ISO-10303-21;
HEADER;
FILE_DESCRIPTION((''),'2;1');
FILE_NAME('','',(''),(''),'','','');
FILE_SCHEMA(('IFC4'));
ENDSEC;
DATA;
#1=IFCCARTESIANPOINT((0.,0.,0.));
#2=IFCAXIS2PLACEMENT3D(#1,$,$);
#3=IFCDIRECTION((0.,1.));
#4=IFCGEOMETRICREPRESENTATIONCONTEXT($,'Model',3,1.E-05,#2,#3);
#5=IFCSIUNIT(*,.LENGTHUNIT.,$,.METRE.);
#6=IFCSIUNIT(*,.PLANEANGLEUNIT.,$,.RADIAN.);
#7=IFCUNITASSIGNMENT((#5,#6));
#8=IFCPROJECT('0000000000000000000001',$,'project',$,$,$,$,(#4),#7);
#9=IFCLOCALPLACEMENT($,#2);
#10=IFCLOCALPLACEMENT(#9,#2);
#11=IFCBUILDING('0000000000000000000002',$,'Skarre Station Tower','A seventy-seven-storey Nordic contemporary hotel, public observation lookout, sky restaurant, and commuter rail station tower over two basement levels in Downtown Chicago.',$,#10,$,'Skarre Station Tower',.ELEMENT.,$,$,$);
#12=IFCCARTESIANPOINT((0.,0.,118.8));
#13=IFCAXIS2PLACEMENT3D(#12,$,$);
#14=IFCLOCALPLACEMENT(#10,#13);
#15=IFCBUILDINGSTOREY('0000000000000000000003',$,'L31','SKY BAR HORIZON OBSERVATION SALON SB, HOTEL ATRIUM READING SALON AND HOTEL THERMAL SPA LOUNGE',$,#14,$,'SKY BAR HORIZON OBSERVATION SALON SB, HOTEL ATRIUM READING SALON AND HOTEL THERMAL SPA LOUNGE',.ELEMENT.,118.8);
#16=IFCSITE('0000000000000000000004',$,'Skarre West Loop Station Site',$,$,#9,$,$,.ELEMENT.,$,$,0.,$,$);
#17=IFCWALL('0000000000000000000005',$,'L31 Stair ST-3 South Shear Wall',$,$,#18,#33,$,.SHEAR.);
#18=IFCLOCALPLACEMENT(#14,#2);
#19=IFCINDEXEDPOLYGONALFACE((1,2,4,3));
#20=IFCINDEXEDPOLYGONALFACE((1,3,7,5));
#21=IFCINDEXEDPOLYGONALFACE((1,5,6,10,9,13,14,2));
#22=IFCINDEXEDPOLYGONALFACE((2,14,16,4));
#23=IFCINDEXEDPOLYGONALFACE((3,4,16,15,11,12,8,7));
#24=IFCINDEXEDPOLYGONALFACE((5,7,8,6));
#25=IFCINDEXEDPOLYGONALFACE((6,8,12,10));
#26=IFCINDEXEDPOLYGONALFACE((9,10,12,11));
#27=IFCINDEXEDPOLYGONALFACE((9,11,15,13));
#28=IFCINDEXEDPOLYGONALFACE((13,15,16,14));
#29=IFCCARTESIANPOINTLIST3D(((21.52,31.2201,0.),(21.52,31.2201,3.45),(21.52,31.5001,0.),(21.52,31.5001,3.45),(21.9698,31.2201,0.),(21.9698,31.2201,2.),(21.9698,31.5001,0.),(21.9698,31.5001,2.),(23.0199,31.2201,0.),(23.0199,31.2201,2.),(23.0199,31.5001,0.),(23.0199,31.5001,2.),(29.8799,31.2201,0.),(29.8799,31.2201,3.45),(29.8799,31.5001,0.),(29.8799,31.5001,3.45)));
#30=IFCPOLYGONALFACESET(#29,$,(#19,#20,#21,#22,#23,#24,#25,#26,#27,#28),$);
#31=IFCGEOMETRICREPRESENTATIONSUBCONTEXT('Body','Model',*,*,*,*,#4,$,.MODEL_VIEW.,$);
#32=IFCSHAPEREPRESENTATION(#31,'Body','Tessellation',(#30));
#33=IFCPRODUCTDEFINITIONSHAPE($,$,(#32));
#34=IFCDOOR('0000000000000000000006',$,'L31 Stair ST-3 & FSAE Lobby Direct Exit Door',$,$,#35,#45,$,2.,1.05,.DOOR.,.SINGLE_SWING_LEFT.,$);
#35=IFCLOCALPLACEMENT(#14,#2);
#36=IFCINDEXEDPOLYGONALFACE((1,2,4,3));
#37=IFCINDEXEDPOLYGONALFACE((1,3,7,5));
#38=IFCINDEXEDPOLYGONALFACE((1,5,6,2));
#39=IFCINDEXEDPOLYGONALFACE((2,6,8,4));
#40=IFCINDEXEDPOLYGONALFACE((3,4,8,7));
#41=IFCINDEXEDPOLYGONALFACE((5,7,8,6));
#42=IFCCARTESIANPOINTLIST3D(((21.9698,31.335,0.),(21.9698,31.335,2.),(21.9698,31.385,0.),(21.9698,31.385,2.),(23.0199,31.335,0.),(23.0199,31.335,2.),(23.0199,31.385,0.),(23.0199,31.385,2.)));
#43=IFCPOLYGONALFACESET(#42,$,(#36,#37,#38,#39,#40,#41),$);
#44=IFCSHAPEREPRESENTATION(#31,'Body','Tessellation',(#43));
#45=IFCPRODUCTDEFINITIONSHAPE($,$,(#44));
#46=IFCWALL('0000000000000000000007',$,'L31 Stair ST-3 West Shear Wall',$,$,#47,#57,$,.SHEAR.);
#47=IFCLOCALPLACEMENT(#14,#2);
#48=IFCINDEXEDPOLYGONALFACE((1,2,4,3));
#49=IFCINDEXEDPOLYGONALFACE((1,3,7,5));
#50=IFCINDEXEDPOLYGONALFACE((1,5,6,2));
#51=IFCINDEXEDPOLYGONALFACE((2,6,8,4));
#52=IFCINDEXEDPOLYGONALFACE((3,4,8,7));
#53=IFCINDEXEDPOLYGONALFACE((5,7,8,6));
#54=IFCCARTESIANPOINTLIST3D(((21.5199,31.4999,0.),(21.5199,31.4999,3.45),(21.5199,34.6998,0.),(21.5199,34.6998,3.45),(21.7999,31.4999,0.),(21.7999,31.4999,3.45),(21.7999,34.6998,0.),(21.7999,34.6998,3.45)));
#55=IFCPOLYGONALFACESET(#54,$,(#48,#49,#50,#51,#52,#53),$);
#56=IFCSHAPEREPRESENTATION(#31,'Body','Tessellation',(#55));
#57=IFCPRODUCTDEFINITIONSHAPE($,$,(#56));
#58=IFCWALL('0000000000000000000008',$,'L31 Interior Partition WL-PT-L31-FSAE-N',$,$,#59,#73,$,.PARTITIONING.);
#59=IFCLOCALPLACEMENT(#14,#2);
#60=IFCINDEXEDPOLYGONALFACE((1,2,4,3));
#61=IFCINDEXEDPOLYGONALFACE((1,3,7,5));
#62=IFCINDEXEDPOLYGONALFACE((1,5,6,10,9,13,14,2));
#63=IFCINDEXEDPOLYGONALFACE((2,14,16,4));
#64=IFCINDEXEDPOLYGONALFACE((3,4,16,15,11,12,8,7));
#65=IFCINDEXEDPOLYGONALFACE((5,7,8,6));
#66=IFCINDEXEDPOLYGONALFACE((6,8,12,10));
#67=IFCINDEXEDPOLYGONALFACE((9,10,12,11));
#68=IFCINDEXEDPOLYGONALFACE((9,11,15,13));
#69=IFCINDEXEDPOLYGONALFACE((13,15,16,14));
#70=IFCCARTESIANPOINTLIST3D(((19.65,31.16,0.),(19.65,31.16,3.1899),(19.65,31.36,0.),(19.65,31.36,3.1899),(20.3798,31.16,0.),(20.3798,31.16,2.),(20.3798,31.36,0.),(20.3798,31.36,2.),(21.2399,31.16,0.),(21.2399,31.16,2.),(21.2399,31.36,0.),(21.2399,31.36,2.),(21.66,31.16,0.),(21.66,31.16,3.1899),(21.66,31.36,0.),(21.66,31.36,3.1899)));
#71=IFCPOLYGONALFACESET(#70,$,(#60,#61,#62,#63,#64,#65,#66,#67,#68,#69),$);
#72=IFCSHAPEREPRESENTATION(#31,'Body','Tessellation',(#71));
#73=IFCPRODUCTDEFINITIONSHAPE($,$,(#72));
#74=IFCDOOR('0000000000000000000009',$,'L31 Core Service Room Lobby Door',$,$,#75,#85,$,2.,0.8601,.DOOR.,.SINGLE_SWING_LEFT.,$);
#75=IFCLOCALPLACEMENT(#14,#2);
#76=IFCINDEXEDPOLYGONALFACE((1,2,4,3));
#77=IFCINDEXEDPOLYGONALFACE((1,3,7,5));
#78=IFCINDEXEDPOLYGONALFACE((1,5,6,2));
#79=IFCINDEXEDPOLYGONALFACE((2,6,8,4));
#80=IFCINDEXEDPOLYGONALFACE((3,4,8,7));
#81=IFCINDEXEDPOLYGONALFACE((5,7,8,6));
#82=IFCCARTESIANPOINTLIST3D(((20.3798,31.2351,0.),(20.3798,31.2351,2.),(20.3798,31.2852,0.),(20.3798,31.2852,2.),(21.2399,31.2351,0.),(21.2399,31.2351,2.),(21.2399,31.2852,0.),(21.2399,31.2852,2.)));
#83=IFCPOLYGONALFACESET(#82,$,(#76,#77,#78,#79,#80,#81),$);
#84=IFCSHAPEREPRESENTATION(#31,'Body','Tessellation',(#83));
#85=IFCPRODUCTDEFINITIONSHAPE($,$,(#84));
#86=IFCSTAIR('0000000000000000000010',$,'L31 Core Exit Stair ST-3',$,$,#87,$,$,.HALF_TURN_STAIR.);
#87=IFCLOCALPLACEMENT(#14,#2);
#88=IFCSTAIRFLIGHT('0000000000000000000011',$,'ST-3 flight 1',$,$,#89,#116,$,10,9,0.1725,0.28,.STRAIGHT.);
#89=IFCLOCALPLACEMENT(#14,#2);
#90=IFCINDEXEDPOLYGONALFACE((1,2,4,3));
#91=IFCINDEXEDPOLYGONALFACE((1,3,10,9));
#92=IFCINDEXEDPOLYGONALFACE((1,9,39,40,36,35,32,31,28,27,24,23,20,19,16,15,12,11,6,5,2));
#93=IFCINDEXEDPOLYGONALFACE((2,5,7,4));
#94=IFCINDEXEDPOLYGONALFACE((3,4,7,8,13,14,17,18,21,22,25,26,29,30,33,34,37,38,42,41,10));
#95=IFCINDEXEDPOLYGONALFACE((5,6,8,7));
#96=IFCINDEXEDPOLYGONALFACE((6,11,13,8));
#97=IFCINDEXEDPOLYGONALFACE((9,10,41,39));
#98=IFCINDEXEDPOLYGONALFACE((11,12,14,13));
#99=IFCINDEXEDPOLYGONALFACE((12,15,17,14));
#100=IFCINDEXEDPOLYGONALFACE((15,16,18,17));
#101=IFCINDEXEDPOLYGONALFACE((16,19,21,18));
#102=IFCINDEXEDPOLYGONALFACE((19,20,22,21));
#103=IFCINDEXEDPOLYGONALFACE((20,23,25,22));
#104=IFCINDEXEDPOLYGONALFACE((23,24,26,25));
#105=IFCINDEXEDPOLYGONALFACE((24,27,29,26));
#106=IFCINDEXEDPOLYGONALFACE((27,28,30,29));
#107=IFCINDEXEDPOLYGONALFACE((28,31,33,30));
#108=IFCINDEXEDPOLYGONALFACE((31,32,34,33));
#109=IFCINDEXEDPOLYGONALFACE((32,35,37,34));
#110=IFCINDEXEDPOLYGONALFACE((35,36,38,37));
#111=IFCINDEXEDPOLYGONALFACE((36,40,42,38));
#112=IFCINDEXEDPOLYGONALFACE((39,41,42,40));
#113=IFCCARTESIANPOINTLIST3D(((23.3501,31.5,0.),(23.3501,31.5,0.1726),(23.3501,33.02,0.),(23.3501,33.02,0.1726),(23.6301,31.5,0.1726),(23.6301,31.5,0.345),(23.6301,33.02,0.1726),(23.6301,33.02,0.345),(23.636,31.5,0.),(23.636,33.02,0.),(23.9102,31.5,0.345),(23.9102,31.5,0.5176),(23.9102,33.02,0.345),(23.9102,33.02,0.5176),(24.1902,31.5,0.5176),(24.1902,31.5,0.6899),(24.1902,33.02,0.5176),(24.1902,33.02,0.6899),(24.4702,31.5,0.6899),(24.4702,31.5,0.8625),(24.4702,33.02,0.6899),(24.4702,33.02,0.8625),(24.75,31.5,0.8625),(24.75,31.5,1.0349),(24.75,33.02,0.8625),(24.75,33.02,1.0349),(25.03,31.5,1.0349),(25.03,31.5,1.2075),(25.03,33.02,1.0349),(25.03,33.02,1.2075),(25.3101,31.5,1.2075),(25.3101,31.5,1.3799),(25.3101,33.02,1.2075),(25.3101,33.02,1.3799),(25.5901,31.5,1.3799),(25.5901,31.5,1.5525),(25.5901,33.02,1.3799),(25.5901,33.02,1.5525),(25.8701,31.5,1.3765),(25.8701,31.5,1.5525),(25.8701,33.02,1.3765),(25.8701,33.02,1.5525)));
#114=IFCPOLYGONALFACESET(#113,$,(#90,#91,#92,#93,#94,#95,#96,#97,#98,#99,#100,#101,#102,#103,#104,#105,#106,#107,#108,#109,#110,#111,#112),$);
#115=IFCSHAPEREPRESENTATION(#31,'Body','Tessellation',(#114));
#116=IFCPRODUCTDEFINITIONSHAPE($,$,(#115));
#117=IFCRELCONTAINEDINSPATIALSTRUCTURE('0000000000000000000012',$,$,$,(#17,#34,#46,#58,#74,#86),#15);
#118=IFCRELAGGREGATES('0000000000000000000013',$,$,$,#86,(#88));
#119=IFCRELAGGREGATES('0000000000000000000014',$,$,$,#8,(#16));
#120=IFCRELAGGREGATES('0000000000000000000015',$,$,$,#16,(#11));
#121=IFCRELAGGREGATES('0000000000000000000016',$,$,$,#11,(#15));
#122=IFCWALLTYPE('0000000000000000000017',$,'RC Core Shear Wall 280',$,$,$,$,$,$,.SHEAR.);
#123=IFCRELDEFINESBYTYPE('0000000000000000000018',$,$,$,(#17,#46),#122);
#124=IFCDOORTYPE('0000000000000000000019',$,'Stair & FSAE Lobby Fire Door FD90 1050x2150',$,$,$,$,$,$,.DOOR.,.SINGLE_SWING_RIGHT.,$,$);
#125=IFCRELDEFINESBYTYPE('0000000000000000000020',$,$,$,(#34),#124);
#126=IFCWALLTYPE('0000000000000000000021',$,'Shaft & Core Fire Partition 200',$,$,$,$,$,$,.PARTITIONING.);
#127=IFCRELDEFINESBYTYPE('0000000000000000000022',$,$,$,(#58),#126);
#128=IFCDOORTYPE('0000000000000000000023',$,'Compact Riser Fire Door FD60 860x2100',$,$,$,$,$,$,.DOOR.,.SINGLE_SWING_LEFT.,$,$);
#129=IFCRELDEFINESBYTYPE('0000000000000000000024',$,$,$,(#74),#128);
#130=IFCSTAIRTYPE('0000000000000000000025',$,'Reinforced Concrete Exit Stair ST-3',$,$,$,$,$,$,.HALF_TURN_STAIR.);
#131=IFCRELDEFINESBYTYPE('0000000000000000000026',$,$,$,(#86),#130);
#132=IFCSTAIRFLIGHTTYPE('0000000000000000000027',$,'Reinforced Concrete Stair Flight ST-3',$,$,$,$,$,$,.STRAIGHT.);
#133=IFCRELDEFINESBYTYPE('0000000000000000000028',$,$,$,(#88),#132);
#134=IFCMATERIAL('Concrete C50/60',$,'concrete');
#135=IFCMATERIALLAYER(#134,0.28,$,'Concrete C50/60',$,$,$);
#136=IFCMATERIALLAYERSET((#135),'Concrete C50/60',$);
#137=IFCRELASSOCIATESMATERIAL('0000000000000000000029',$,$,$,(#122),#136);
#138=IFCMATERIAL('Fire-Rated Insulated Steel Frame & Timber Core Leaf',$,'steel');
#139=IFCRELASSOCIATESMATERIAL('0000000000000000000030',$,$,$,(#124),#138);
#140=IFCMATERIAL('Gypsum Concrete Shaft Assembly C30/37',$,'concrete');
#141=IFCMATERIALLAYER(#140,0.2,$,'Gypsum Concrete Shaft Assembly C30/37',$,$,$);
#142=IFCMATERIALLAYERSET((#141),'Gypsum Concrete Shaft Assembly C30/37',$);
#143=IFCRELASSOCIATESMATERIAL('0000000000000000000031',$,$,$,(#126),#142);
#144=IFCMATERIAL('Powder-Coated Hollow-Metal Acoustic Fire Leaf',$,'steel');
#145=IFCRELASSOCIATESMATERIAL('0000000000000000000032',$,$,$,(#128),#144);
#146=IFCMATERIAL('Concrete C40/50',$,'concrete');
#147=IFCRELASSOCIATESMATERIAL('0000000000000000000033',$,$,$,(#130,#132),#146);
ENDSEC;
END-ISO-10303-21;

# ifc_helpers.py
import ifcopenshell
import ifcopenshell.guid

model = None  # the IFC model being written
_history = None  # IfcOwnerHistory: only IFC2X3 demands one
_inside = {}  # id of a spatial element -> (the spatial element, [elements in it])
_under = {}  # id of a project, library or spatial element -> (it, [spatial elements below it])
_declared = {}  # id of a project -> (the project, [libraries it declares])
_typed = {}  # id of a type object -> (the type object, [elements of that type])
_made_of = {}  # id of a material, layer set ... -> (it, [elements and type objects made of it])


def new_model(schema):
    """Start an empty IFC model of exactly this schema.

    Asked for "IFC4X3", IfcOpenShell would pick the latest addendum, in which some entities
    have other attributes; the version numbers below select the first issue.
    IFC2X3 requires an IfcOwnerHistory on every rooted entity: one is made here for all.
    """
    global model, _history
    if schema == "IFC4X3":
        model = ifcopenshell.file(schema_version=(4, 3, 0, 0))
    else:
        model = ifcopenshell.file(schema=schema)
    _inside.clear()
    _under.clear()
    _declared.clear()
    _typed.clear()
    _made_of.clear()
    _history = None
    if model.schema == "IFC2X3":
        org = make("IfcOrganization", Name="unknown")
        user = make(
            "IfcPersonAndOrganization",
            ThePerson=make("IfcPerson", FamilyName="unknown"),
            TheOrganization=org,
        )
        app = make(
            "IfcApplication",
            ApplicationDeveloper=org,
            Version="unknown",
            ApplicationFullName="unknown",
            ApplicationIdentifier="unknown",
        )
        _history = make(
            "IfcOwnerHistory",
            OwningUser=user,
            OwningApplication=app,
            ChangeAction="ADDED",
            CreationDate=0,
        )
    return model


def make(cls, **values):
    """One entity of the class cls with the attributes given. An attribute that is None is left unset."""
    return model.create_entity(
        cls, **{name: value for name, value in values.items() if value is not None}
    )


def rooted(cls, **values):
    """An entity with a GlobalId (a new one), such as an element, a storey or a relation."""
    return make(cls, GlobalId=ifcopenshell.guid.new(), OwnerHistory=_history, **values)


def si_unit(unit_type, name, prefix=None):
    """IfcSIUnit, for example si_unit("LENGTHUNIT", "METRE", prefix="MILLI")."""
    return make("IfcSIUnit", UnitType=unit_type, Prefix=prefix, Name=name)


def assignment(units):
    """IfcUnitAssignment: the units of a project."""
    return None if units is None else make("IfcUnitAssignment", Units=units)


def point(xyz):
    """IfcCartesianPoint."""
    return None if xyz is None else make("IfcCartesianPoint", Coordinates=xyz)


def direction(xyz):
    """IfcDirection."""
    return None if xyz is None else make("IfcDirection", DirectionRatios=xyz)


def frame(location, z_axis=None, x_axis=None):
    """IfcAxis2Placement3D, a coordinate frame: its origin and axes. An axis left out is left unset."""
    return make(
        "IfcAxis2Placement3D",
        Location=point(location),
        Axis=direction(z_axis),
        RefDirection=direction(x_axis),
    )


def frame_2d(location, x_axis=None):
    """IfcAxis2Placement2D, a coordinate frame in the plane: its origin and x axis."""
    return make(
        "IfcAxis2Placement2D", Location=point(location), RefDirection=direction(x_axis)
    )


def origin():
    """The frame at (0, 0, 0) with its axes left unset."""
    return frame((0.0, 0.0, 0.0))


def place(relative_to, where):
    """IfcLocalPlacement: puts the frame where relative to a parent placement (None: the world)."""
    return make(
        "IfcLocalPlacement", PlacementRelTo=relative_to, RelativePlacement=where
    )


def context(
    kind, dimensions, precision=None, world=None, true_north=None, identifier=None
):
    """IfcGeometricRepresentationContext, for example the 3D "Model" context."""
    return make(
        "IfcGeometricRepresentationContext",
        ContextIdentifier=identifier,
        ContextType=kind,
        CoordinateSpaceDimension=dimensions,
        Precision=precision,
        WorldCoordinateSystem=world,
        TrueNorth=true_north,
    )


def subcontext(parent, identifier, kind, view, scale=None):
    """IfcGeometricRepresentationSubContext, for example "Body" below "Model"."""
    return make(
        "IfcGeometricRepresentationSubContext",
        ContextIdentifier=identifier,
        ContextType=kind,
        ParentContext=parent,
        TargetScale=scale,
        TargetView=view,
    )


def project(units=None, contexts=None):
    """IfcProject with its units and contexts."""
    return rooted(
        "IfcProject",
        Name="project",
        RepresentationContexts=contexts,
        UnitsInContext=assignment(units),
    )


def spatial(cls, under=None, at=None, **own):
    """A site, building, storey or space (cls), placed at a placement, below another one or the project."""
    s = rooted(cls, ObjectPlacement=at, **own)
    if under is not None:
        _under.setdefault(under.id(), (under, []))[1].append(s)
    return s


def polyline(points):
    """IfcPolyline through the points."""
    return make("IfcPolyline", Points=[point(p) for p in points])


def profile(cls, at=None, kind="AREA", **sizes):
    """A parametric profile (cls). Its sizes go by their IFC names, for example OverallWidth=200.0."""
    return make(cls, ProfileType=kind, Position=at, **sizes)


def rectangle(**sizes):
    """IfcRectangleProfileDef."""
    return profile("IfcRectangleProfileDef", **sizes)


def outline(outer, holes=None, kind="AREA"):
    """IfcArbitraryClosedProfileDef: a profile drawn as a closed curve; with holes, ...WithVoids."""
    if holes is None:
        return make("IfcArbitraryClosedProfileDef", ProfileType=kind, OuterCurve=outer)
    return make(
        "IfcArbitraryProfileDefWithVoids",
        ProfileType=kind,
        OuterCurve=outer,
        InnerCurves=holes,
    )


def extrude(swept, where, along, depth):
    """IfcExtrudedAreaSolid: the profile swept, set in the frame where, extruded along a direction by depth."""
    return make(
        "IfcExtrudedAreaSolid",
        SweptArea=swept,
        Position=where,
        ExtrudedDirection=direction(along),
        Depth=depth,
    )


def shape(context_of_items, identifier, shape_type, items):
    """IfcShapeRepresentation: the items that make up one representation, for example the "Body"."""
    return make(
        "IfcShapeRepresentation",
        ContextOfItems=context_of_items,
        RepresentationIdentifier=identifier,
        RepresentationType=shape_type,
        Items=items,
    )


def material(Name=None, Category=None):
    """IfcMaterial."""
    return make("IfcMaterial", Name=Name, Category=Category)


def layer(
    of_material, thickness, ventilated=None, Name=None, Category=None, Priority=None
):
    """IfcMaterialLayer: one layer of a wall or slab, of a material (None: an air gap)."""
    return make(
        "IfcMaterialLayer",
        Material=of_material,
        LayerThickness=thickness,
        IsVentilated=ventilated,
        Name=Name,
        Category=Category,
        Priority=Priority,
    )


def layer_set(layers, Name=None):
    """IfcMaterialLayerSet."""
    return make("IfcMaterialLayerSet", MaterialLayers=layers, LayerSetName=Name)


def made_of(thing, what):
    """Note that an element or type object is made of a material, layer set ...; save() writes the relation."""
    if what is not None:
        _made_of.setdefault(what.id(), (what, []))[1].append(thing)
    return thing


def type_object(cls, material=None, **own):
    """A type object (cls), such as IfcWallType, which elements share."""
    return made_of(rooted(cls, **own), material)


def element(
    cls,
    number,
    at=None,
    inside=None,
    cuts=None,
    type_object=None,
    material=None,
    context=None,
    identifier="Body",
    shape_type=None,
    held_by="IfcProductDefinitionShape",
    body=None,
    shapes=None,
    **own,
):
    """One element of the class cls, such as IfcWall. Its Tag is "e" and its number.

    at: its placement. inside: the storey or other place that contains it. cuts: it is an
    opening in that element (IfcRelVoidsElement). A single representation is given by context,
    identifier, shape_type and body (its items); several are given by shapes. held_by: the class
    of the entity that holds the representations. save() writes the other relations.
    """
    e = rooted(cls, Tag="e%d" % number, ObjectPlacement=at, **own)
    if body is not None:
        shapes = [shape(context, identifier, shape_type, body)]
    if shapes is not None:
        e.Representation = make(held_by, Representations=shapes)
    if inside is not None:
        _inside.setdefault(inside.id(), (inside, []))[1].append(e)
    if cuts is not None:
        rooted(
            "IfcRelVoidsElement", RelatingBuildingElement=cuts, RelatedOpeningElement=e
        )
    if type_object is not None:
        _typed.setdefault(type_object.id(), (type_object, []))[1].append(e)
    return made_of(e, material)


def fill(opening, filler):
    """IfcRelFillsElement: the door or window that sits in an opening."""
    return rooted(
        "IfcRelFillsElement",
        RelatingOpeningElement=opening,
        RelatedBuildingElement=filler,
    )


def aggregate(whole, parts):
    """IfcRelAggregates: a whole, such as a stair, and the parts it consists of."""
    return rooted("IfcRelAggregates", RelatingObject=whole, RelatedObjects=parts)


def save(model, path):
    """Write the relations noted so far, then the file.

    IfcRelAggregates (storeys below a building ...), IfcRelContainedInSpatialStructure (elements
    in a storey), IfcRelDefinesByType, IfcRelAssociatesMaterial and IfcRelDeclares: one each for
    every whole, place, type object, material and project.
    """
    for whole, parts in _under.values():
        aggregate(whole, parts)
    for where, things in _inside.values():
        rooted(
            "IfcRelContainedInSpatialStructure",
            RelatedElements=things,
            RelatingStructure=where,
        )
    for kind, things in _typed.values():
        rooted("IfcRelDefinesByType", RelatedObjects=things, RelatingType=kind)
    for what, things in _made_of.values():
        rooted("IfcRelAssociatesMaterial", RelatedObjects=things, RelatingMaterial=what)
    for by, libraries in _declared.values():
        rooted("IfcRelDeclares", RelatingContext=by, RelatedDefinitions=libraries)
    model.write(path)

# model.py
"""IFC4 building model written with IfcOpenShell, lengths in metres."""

from ifc_helpers import new_model, si_unit, direction, frame, frame_2d, origin, place, context, subcontext, project, spatial, polyline, rectangle, outline, extrude, material, layer, layer_set, type_object, element, fill, aggregate, save


model = new_model("IFC4")

# Units and contexts
model_context = context("Model", 3, precision=1e-05, world=origin(), true_north=direction((0.0, 1.0)))
body_context = subcontext(model_context, "Body", "Model", "MODEL_VIEW")
ifc_project = project(units=[si_unit("LENGTHUNIT", "METRE"), si_unit("PLANEANGLEUNIT", "RADIAN")], contexts=[model_context])

# Site, building, storey
site_placement = place(None, origin())
site = spatial("IfcSite", under=ifc_project, at=site_placement, Name="Skarre West Loop Station Site", CompositionType="ELEMENT", RefElevation=0.0)
building_placement = place(site_placement, origin())
building = spatial("IfcBuilding", under=site, at=building_placement, Name="Skarre Station Tower", Description="A seventy-seven-storey Nordic contemporary hotel, public observation lookout, sky restaurant, and commuter rail station tower over two basement levels in Downtown Chicago.", LongName="Skarre Station Tower", CompositionType="ELEMENT")
storey_placement = place(building_placement, frame((0.0, 0.0, 118.8)))
storey = spatial("IfcBuildingStorey", under=building, at=storey_placement, Name="L31", Description="SKY BAR HORIZON OBSERVATION SALON SB, HOTEL ATRIUM READING SALON AND HOTEL THERMAL SPA LOUNGE", LongName="SKY BAR HORIZON OBSERVATION SALON SB, HOTEL ATRIUM READING SALON AND HOTEL THERMAL SPA LOUNGE", CompositionType="ELEMENT", Elevation=118.8)

# Wall, opening, door
ifc_material_1 = material(Name="Concrete C50/60", Category="concrete")
ifc_layer_1 = layer(ifc_material_1, 0.28, Name="Concrete C50/60")
ifc_layer_set_1 = layer_set([ifc_layer_1], Name="Concrete C50/60")
wall_type_1 = type_object("IfcWallType", Name="RC Core Shear Wall 280", PredefinedType="SHEAR", material=ifc_layer_set_1)
wall_1_placement = place(storey_placement, frame((21.52, 31.3601, 0.0), z_axis=(0.0, 0.0, 1.0), x_axis=(1.0, 0.0, 0.0)))
wall_1 = element("IfcWall", 1, at=wall_1_placement, inside=storey, type_object=wall_type_1, Name="L31 Stair ST-3 South Shear Wall", PredefinedType="SHEAR", context=body_context, shape_type="SweptSolid", body=[
    extrude(rectangle(XDim=8.3599, YDim=0.28, at=frame_2d((4.1799, 0.0))), origin(), (0.0, 0.0, 1.0), 3.45),
])
opening_1_placement = place(wall_1_placement, frame((0.45, 0.0, 0.0)))
opening_1 = element("IfcOpeningElement", 2, at=opening_1_placement, cuts=wall_1, PredefinedType="OPENING", context=body_context, shape_type="SweptSolid", body=[
    extrude(rectangle(XDim=1.05, YDim=2.0, at=frame_2d((0.5249, 1.0))), frame((0.0, 0.1499, 0.0), z_axis=(0.0, -1.0, 0.0), x_axis=(1.0, 0.0, 0.0)), (0.0, 0.0, 1.0), 0.3),
])
ifc_material_2 = material(Name="Fire-Rated Insulated Steel Frame & Timber Core Leaf", Category="steel")
door_type_1 = type_object("IfcDoorType", Name="Stair & FSAE Lobby Fire Door FD90 1050x2150", OperationType="SINGLE_SWING_RIGHT", PredefinedType="DOOR", material=ifc_material_2)
door_1_placement = place(opening_1_placement, origin())
door_1 = element("IfcDoor", 3, at=door_1_placement, inside=storey, type_object=door_type_1, Name="L31 Stair ST-3 & FSAE Lobby Direct Exit Door", OperationType="SINGLE_SWING_LEFT", OverallHeight=2.0, OverallWidth=1.05, PredefinedType="DOOR", context=body_context, shape_type="SweptSolid", body=[
    extrude(rectangle(XDim=1.05, YDim=2.0, at=frame_2d((0.5249, 1.0))), frame((0.0, 0.0249, 0.0), z_axis=(0.0, -1.0, 0.0), x_axis=(1.0, 0.0, 0.0)), (0.0, 0.0, 1.0), 0.05),
])
fill(opening_1, door_1)

# Wall
wall_2_placement = place(storey_placement, frame((21.6599, 34.7, 0.0), z_axis=(0.0, 0.0, 1.0), x_axis=(0.0, -1.0, 0.0)))
element("IfcWall", 4, at=wall_2_placement, inside=storey, type_object=wall_type_1, Name="L31 Stair ST-3 West Shear Wall", PredefinedType="SHEAR", context=body_context, shape_type="SweptSolid", body=[
    extrude(rectangle(XDim=3.2, YDim=0.28, at=frame_2d((1.6001, 0.0))), origin(), (0.0, 0.0, 1.0), 3.45),
])

# Wall, opening, door
ifc_material_3 = material(Name="Gypsum Concrete Shaft Assembly C30/37", Category="concrete")
ifc_layer_2 = layer(ifc_material_3, 0.2, Name="Gypsum Concrete Shaft Assembly C30/37")
ifc_layer_set_2 = layer_set([ifc_layer_2], Name="Gypsum Concrete Shaft Assembly C30/37")
wall_type_2 = type_object("IfcWallType", Name="Shaft & Core Fire Partition 200", PredefinedType="PARTITIONING", material=ifc_layer_set_2)
wall_3_placement = place(storey_placement, frame((21.6599, 31.26, 0.0), z_axis=(0.0, 0.0, 1.0), x_axis=(-1.0, 0.0, 0.0)))
wall_3 = element("IfcWall", 5, at=wall_3_placement, inside=storey, type_object=wall_type_2, Name="L31 Interior Partition WL-PT-L31-FSAE-N", PredefinedType="PARTITIONING", context=body_context, shape_type="SweptSolid", body=[
    extrude(rectangle(XDim=2.01, YDim=0.2, at=frame_2d((1.0049, 0.0))), origin(), (0.0, 0.0, 1.0), 3.1899),
])
opening_2_placement = place(wall_3_placement, frame((0.4199, 0.0, 0.0)))
opening_2 = element("IfcOpeningElement", 6, at=opening_2_placement, cuts=wall_3, PredefinedType="OPENING", context=body_context, shape_type="SweptSolid", body=[
    extrude(rectangle(XDim=0.8601, YDim=2.0, at=frame_2d((0.4302, 1.0))), frame((0.0, 0.1099, 0.0), z_axis=(0.0, -1.0, 0.0), x_axis=(1.0, 0.0, 0.0)), (0.0, 0.0, 1.0), 0.22),
])
ifc_material_4 = material(Name="Powder-Coated Hollow-Metal Acoustic Fire Leaf", Category="steel")
door_type_2 = type_object("IfcDoorType", Name="Compact Riser Fire Door FD60 860x2100", OperationType="SINGLE_SWING_LEFT", PredefinedType="DOOR", material=ifc_material_4)
door_2_placement = place(opening_2_placement, origin())
door_2 = element("IfcDoor", 7, at=door_2_placement, inside=storey, type_object=door_type_2, Name="L31 Core Service Room Lobby Door", OperationType="SINGLE_SWING_LEFT", OverallHeight=2.0, OverallWidth=0.8601, PredefinedType="DOOR", context=body_context, shape_type="SweptSolid", body=[
    extrude(rectangle(XDim=0.8601, YDim=2.0, at=frame_2d((0.4302, 1.0))), frame((0.0, 0.0249, 0.0), z_axis=(0.0, -1.0, 0.0), x_axis=(1.0, 0.0, 0.0)), (0.0, 0.0, 1.0), 0.05),
])
fill(opening_2, door_2)

# Stair, stair flight
ifc_material_5 = material(Name="Concrete C40/50", Category="concrete")
stair_type = type_object("IfcStairType", Name="Reinforced Concrete Exit Stair ST-3", PredefinedType="HALF_TURN_STAIR", material=ifc_material_5)
stair_placement = place(storey_placement, origin())
stair = element("IfcStair", 8, at=stair_placement, inside=storey, type_object=stair_type, Name="L31 Core Exit Stair ST-3", PredefinedType="HALF_TURN_STAIR")
stair_flight_type = type_object("IfcStairFlightType", Name="Reinforced Concrete Stair Flight ST-3", PredefinedType="STRAIGHT", material=ifc_material_5)
stair_flight_placement = place(storey_placement, frame((23.3501, 32.26, 0.0), z_axis=(0.0, 0.0, 1.0), x_axis=(1.0, 0.0, 0.0)))
stair_flight = element("IfcStairFlight", 9, at=stair_flight_placement, type_object=stair_flight_type, Name="ST-3 flight 1", NumberOfRisers=10, NumberOfTreads=9, PredefinedType="STRAIGHT", RiserHeight=0.1725, TreadLength=0.28, context=body_context, shape_type="SweptSolid", body=[
    extrude(outline(polyline([(0.0, 0.0), (0.0, 0.1726), (0.28, 0.1726), (0.28, 0.345), (0.5601, 0.345), (0.5601, 0.5176), (0.8401, 0.5176), (0.8401, 0.6899), (1.1201, 0.6899), (1.1201, 0.8625), (1.3999, 0.8625), (1.3999, 1.0349), (1.6799, 1.0349), (1.6799, 1.2075), (1.96, 1.2075), (1.96, 1.3799), (2.24, 1.3799), (2.24, 1.5525), (2.52, 1.5525), (2.52, 1.7251), (2.52, 1.3765), (0.2859, 0.0), (0.0, 0.0)])), frame((0.0, 0.76, 0.0), z_axis=(0.0, -1.0, 0.0), x_axis=(1.0, 0.0, 0.0)), (0.0, 0.0, 1.0), 1.52),
])
aggregate(stair, [stair_flight])

save(model, "model.ifc")
